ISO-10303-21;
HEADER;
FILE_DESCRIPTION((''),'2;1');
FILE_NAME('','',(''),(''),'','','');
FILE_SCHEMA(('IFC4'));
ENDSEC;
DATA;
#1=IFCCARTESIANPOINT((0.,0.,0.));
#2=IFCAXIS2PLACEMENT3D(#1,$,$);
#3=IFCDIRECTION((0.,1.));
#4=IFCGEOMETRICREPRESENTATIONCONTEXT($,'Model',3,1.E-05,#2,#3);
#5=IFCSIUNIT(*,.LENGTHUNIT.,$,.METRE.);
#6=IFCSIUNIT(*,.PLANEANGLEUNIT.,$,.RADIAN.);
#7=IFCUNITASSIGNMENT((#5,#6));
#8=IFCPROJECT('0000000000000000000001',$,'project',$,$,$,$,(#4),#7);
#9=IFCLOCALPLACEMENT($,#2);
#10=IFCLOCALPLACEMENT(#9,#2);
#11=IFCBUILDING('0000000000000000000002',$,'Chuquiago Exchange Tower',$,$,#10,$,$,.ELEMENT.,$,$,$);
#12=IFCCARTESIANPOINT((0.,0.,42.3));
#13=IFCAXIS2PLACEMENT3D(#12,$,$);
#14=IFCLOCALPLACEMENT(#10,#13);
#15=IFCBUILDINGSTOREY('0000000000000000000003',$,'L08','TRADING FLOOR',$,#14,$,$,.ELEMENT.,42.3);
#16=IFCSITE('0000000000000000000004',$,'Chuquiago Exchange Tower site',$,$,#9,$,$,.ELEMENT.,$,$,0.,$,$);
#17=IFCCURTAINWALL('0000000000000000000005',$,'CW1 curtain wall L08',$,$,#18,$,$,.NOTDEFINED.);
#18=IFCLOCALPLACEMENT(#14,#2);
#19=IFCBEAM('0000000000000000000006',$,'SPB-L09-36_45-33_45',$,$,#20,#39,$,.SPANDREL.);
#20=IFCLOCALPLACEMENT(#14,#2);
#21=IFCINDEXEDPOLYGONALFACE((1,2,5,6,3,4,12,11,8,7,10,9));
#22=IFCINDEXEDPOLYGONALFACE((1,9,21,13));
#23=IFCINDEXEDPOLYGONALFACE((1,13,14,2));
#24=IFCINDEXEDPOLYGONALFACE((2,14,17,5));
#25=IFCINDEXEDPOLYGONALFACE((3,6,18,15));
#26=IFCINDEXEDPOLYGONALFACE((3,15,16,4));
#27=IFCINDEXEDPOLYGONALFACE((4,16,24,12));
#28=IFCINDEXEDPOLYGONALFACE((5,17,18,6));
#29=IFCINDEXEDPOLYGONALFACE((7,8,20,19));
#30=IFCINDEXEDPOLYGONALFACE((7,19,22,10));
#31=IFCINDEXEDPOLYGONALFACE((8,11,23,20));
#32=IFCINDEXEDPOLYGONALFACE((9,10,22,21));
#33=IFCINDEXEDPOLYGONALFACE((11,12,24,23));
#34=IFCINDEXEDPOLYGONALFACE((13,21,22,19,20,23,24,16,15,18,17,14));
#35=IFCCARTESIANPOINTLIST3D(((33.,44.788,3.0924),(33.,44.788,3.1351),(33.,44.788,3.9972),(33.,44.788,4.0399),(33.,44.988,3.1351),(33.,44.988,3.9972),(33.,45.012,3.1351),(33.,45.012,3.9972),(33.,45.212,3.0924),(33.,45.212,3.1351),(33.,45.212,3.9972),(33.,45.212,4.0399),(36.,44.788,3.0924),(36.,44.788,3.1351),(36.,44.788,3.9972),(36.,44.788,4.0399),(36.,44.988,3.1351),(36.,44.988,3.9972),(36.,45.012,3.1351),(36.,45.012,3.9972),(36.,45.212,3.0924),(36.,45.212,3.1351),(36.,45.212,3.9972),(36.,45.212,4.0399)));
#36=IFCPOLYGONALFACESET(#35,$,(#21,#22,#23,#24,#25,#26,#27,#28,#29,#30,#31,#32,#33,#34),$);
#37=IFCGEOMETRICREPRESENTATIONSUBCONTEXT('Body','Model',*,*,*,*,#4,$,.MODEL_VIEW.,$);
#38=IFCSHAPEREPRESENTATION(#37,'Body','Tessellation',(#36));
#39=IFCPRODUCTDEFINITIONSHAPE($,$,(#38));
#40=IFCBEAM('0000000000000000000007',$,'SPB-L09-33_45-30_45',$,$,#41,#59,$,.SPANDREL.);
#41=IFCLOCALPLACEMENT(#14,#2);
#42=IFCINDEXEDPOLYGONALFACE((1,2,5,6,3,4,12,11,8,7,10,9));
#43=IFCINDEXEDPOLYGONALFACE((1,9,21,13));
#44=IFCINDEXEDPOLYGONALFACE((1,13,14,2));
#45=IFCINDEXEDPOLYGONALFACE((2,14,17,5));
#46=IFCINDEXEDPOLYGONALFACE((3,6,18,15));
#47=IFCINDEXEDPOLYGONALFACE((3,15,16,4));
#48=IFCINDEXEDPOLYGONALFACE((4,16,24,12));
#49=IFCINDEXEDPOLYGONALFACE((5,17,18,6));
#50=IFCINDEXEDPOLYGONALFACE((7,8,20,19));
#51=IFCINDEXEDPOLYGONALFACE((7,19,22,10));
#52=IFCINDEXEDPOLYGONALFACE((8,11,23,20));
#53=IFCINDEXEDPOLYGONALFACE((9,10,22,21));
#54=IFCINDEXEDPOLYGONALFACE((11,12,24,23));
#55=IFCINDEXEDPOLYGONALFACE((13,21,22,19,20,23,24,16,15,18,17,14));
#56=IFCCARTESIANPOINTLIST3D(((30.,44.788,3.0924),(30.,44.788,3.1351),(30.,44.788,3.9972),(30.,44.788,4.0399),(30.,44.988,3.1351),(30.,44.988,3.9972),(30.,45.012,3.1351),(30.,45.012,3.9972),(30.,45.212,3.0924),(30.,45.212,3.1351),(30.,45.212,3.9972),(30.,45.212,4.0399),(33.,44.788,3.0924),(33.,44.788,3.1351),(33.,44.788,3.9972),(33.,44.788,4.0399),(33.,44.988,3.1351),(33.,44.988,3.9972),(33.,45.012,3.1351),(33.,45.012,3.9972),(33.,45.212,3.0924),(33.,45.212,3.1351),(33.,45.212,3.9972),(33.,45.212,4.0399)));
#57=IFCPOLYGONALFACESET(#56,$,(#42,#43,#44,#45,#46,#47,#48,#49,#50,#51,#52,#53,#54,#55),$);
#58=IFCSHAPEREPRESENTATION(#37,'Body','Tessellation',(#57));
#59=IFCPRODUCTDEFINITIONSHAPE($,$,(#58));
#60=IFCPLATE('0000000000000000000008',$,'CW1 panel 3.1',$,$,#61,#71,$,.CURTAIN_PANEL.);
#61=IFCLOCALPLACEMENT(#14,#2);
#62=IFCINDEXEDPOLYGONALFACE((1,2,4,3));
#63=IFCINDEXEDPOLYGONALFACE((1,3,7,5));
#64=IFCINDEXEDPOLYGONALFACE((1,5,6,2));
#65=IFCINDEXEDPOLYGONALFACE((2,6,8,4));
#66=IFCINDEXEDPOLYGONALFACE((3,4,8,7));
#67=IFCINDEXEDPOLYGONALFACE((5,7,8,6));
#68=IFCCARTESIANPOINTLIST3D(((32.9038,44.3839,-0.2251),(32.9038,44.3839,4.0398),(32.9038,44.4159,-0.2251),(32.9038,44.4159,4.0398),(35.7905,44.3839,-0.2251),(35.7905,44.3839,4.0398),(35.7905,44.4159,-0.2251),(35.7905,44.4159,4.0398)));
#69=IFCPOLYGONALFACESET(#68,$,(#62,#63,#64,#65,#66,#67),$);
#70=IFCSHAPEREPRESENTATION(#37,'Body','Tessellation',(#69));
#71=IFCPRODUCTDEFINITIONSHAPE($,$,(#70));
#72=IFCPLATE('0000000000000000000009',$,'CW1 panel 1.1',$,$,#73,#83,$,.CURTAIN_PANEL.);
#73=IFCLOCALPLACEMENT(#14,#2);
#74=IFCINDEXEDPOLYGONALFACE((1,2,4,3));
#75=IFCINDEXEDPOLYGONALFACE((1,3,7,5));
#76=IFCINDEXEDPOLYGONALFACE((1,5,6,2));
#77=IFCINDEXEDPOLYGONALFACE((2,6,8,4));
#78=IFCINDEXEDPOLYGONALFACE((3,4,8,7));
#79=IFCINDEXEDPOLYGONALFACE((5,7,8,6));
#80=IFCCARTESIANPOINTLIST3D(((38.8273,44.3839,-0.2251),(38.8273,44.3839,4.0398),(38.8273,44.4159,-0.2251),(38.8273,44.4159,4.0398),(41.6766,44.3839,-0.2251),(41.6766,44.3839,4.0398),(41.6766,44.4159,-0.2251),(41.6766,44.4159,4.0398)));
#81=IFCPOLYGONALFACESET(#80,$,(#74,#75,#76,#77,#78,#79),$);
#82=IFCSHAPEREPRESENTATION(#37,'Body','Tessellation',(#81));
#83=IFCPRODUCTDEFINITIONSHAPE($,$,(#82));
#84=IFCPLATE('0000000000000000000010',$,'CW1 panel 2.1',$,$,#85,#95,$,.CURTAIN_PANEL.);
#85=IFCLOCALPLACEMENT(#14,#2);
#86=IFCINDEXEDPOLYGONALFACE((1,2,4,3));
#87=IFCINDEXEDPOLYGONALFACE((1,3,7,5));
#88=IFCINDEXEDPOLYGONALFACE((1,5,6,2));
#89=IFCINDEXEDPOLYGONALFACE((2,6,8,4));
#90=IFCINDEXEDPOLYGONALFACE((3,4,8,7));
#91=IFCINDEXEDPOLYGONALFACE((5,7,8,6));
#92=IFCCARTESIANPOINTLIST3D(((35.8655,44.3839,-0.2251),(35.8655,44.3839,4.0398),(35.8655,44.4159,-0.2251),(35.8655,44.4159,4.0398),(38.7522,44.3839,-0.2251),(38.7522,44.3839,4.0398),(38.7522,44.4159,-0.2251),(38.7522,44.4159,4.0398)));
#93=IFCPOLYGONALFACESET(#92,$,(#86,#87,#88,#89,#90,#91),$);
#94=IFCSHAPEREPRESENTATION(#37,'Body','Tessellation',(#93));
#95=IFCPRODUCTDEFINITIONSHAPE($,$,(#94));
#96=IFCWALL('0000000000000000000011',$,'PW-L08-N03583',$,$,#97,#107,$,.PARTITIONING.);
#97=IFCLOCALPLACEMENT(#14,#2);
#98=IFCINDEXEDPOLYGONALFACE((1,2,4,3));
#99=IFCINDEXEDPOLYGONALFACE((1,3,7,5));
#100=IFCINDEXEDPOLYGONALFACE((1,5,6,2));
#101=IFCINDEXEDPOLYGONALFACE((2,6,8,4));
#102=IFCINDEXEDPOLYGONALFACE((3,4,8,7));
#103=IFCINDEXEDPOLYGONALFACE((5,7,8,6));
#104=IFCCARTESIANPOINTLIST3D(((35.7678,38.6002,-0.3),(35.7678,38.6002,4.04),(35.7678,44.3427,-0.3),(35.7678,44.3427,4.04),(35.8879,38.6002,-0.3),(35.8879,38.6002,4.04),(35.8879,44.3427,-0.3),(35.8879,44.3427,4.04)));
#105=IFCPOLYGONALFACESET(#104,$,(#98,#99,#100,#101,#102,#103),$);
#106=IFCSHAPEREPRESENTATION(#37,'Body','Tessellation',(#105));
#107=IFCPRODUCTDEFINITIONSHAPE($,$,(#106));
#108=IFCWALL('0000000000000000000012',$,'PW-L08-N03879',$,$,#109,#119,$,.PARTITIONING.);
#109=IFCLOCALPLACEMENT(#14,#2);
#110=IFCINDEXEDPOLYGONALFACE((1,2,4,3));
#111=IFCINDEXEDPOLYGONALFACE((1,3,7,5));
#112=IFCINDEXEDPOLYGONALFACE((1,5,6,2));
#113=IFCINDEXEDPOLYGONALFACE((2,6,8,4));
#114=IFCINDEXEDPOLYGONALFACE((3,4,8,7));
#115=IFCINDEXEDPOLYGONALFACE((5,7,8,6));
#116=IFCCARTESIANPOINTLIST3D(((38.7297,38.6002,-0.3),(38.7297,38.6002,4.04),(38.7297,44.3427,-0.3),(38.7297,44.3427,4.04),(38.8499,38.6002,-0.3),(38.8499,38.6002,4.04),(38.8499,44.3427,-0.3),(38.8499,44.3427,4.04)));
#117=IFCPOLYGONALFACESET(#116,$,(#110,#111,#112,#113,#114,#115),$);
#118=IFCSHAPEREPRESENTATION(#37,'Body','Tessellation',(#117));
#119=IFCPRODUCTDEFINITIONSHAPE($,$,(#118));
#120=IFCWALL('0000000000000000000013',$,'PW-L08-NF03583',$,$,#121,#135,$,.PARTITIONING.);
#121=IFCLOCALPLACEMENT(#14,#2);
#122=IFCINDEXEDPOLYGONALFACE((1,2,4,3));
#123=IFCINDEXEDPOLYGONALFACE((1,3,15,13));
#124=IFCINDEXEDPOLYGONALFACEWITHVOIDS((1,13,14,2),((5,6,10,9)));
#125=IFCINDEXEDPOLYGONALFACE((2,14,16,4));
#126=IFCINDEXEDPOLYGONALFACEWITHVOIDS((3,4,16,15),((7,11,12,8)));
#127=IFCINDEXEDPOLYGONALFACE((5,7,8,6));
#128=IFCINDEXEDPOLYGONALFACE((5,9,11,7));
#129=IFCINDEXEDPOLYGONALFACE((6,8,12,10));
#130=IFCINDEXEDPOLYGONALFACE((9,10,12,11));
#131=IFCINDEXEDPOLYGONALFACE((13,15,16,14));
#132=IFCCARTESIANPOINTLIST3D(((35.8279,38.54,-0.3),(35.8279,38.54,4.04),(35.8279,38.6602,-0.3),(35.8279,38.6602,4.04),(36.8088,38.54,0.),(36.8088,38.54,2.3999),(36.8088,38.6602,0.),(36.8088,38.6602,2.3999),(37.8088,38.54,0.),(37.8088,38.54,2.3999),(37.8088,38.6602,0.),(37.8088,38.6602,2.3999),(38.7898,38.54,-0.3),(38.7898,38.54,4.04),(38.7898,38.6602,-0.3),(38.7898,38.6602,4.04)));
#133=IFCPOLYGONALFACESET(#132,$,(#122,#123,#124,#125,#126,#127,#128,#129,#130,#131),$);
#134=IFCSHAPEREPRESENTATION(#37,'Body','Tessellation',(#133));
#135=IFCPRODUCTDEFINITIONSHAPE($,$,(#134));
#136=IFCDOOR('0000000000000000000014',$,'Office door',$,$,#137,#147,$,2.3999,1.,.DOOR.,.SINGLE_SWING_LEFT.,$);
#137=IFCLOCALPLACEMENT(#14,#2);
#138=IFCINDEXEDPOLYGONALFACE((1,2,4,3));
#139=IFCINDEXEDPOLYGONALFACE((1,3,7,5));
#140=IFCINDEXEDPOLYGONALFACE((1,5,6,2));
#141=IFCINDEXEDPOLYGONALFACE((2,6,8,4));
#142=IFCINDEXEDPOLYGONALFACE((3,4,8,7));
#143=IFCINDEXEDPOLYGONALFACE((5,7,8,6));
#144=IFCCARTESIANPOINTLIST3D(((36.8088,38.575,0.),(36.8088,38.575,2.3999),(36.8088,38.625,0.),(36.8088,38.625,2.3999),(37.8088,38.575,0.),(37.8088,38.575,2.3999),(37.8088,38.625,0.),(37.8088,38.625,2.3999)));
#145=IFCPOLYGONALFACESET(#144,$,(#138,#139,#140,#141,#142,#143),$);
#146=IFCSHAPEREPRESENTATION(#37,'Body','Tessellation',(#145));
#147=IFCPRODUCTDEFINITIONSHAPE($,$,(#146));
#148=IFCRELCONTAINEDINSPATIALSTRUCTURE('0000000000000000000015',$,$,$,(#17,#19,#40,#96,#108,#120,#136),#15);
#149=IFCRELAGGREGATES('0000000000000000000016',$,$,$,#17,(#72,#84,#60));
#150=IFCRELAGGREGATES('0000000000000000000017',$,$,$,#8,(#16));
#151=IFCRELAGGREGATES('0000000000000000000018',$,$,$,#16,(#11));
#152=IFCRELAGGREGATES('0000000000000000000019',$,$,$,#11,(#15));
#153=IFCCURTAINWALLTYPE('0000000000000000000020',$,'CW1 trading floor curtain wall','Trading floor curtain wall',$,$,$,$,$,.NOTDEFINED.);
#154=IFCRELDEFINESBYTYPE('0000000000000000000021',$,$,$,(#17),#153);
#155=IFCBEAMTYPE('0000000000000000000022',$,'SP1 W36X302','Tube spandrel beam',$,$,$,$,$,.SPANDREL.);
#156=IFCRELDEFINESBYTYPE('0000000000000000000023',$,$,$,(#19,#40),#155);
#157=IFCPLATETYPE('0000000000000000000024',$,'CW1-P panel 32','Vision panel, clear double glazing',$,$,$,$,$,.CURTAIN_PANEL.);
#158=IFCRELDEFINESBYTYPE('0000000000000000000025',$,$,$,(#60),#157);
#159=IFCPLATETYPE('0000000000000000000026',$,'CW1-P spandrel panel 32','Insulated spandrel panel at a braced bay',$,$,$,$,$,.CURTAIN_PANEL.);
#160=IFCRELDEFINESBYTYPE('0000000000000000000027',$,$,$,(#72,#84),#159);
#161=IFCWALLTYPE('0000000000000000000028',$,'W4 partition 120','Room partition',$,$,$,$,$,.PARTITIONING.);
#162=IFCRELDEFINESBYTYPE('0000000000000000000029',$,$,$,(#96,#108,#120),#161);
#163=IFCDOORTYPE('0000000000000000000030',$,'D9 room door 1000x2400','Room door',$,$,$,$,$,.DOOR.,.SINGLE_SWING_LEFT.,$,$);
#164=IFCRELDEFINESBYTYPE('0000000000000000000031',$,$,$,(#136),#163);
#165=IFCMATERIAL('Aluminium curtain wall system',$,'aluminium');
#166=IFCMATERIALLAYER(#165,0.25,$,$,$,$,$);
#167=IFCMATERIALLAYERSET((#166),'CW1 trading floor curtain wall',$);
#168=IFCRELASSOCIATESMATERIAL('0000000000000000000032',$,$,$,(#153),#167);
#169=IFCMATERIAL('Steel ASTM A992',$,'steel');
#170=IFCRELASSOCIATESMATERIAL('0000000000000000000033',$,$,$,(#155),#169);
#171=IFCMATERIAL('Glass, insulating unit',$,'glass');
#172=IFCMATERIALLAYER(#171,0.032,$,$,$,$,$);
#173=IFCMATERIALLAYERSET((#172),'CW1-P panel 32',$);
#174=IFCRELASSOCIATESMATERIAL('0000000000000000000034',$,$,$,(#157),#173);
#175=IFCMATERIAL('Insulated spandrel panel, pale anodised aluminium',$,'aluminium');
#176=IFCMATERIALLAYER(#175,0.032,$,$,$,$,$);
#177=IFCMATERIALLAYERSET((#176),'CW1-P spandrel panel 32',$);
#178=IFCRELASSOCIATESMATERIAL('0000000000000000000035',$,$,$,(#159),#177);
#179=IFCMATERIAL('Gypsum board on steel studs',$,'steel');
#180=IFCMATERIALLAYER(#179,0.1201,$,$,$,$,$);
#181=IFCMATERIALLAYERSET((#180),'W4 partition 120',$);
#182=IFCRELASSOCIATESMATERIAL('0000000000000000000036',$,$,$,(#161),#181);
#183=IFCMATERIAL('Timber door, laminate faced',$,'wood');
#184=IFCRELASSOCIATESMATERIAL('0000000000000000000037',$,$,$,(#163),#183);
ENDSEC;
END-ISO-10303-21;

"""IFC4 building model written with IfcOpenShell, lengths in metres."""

from ifc_helpers import new_model, si_unit, direction, frame, frame_2d, origin, origin_2d, place, context, subcontext, project, spatial, rectangle, i_section, extrude, material, layer, layer_set, material_profile, profile_set, type_object, element, fill, aggregate, save


model = new_model("IFC4")

# Units and contexts
model_context = context("Model", 3, precision=1e-05, world=origin(), true_north=direction((0.0, 1.0)))
body_context = subcontext(model_context, "Body", "Model", "MODEL_VIEW")
ifc_project = project(units=[si_unit("LENGTHUNIT", "METRE"), si_unit("PLANEANGLEUNIT", "RADIAN")], contexts=[model_context])

# Site, building, storey
site_placement = place(None, origin())
site = spatial("IfcSite", under=ifc_project, at=site_placement, Name="Chuquiago Exchange Tower site", CompositionType="ELEMENT", RefElevation=0.0)
building_placement = place(site_placement, origin())
building = spatial("IfcBuilding", under=site, at=building_placement, Name="Chuquiago Exchange Tower", CompositionType="ELEMENT")
storey_placement = place(building_placement, frame((0.0, 0.0, 42.3)))
storey = spatial("IfcBuildingStorey", under=building, at=storey_placement, Name="L08", Description="TRADING FLOOR", CompositionType="ELEMENT", Elevation=42.3)

# Curtain wall
ifc_material_1 = material(Name="Aluminium curtain wall system", Category="aluminium")
ifc_layer_1 = layer(ifc_material_1, 0.25)
ifc_layer_set_1 = layer_set([ifc_layer_1], Name="CW1 trading floor curtain wall")
curtain_wall_type = type_object("IfcCurtainWallType", Name="CW1 trading floor curtain wall", Description="Trading floor curtain wall", PredefinedType="NOTDEFINED", material=ifc_layer_set_1)
curtain_wall_placement = place(storey_placement, origin())
curtain_wall = element("IfcCurtainWall", 1, at=curtain_wall_placement, inside=storey, type_object=curtain_wall_type, Name="CW1 curtain wall L08", PredefinedType="NOTDEFINED")

# Beams
ifc_material_2 = material(Name="Steel ASTM A992", Category="steel")
ifc_material_profile_1 = material_profile(ifc_material_2, i_section(OverallWidth=0.4241, OverallDepth=0.9475, WebThickness=0.0239, FlangeThickness=0.0427, at=origin_2d()), Name="W36X302")
ifc_profile_set_1 = profile_set([ifc_material_profile_1], Name="Steel ASTM A992")
beam_type_1 = type_object("IfcBeamType", Name="SP1 W36X302", Description="Tube spandrel beam", PredefinedType="SPANDREL", material=ifc_profile_set_1)
for number, where, z_axis, x_axis, name in (
    (2, (36.0, 45.0, 3.5662), (-1.0, 0.0, 0.0), (0.0, -1.0, 0.0), "SPB-L09-36_45-33_45"),
    (3, (33.0, 45.0, 3.5662), (-1.0, 0.0, 0.0), (0.0, -1.0, 0.0), "SPB-L09-33_45-30_45"),
):
    element("IfcBeam", number, at=place(storey_placement, frame(where, z_axis=z_axis, x_axis=x_axis)), inside=storey, type_object=beam_type_1, Name=name, PredefinedType="SPANDREL", context=body_context, shape_type="SweptSolid", body=[
        extrude(i_section(OverallWidth=0.4241, OverallDepth=0.9475, WebThickness=0.0239, FlangeThickness=0.0427, at=origin_2d()), origin(), (0.0, 0.0, 1.0), 3.0),
    ])

# Plates
ifc_material_3 = material(Name="Glass, insulating unit", Category="glass")
ifc_layer_2 = layer(ifc_material_3, 0.032)
ifc_layer_set_2 = layer_set([ifc_layer_2], Name="CW1-P panel 32")
plate_type_1 = type_object("IfcPlateType", Name="CW1-P panel 32", Description="Vision panel, clear double glazing", PredefinedType="CURTAIN_PANEL", material=ifc_layer_set_2)
plate_1_placement = place(storey_placement, frame((34.3472, 44.3999, -0.2251), z_axis=(0.0, 0.0, 1.0), x_axis=(-1.0, 0.0, 0.0)))
plate_1 = element("IfcPlate", 4, at=plate_1_placement, type_object=plate_type_1, Name="CW1 panel 3.1", PredefinedType="CURTAIN_PANEL", context=body_context, shape_type="SweptSolid", body=[
    extrude(rectangle(XDim=2.8867, YDim=0.032, at=origin_2d()), origin(), (0.0, 0.0, 1.0), 4.2649),
])
ifc_material_4 = material(Name="Insulated spandrel panel, pale anodised aluminium", Category="aluminium")
ifc_layer_3 = layer(ifc_material_4, 0.032)
ifc_layer_set_3 = layer_set([ifc_layer_3], Name="CW1-P spandrel panel 32")
plate_type_2 = type_object("IfcPlateType", Name="CW1-P spandrel panel 32", Description="Insulated spandrel panel at a braced bay", PredefinedType="CURTAIN_PANEL", material=ifc_layer_set_3)
plate_2_placement = place(storey_placement, frame((40.252, 44.3999, -0.2251), z_axis=(0.0, 0.0, 1.0), x_axis=(-1.0, 0.0, 0.0)))
plate_2 = element("IfcPlate", 5, at=plate_2_placement, type_object=plate_type_2, Name="CW1 panel 1.1", PredefinedType="CURTAIN_PANEL", context=body_context, shape_type="SweptSolid", body=[
    extrude(rectangle(XDim=2.8494, YDim=0.032, at=origin_2d()), origin(), (0.0, 0.0, 1.0), 4.2649),
])
plate_3_placement = place(storey_placement, frame((37.3088, 44.3999, -0.2251), z_axis=(0.0, 0.0, 1.0), x_axis=(-1.0, 0.0, 0.0)))
plate_3 = element("IfcPlate", 6, at=plate_3_placement, type_object=plate_type_2, Name="CW1 panel 2.1", PredefinedType="CURTAIN_PANEL", context=body_context, shape_type="SweptSolid", body=[
    extrude(rectangle(XDim=2.8867, YDim=0.032, at=origin_2d()), origin(), (0.0, 0.0, 1.0), 4.2649),
])
aggregate(curtain_wall, [plate_2, plate_3, plate_1])

# Walls
ifc_material_5 = material(Name="Gypsum board on steel studs", Category="steel")
ifc_layer_4 = layer(ifc_material_5, 0.1201)
ifc_layer_set_4 = layer_set([ifc_layer_4], Name="W4 partition 120")
wall_type = type_object("IfcWallType", Name="W4 partition 120", Description="Room partition", PredefinedType="PARTITIONING", material=ifc_layer_set_4)
for number, where, z_axis, x_axis, name in (
    (7, (35.8279, 44.3425, -0.3), (0.0, 0.0, 1.0), (0.0, -1.0, 0.0), "PW-L08-N03583"),
    (8, (38.7898, 44.3425, -0.3), (0.0, 0.0, 1.0), (0.0, -1.0, 0.0), "PW-L08-N03879"),
):
    element("IfcWall", number, at=place(storey_placement, frame(where, z_axis=z_axis, x_axis=x_axis)), inside=storey, type_object=wall_type, Name=name, PredefinedType="PARTITIONING", context=body_context, shape_type="SweptSolid", body=[
        extrude(rectangle(XDim=5.7424, YDim=0.1201, at=frame_2d((2.8711, 0.0))), origin(), (0.0, 0.0, 1.0), 4.3401),
    ])

# Wall, opening, door
wall_placement = place(storey_placement, frame((35.8279, 38.6001, -0.3), z_axis=(0.0, 0.0, 1.0), x_axis=(1.0, 0.0, 0.0)))
wall = element("IfcWall", 9, at=wall_placement, inside=storey, type_object=wall_type, Name="PW-L08-NF03583", PredefinedType="PARTITIONING", context=body_context, shape_type="SweptSolid", body=[
    extrude(rectangle(XDim=2.9619, YDim=0.1201, at=frame_2d((1.481, 0.0))), origin(), (0.0, 0.0, 1.0), 4.3401),
])
opening_placement = place(wall_placement, frame((0.981, 0.0, 0.3)))
opening = element("IfcOpeningElement", 10, at=opening_placement, cuts=wall, PredefinedType="OPENING", context=body_context, shape_type="SweptSolid", body=[
    extrude(rectangle(XDim=1.0, YDim=2.3999, at=frame_2d((0.5, 1.2))), frame((0.0, 0.0701, 0.0), z_axis=(0.0, -1.0, 0.0), x_axis=(1.0, 0.0, 0.0)), (0.0, 0.0, 1.0), 0.1401),
])
ifc_material_6 = material(Name="Timber door, laminate faced", Category="wood")
door_type = type_object("IfcDoorType", Name="D9 room door 1000x2400", Description="Room door", OperationType="SINGLE_SWING_LEFT", PredefinedType="DOOR", material=ifc_material_6)
door_placement = place(opening_placement, origin())
door = element("IfcDoor", 11, at=door_placement, inside=storey, type_object=door_type, Name="Office door", OperationType="SINGLE_SWING_LEFT", OverallHeight=2.3999, OverallWidth=1.0, PredefinedType="DOOR", context=body_context, shape_type="SweptSolid", body=[
    extrude(rectangle(XDim=1.0, YDim=2.3999, at=frame_2d((0.5, 1.2))), frame((0.0, 0.0249, 0.0), z_axis=(0.0, -1.0, 0.0), x_axis=(1.0, 0.0, 0.0)), (0.0, 0.0, 1.0), 0.05),
])
fill(opening, door)

save(model, "model.ifc")
